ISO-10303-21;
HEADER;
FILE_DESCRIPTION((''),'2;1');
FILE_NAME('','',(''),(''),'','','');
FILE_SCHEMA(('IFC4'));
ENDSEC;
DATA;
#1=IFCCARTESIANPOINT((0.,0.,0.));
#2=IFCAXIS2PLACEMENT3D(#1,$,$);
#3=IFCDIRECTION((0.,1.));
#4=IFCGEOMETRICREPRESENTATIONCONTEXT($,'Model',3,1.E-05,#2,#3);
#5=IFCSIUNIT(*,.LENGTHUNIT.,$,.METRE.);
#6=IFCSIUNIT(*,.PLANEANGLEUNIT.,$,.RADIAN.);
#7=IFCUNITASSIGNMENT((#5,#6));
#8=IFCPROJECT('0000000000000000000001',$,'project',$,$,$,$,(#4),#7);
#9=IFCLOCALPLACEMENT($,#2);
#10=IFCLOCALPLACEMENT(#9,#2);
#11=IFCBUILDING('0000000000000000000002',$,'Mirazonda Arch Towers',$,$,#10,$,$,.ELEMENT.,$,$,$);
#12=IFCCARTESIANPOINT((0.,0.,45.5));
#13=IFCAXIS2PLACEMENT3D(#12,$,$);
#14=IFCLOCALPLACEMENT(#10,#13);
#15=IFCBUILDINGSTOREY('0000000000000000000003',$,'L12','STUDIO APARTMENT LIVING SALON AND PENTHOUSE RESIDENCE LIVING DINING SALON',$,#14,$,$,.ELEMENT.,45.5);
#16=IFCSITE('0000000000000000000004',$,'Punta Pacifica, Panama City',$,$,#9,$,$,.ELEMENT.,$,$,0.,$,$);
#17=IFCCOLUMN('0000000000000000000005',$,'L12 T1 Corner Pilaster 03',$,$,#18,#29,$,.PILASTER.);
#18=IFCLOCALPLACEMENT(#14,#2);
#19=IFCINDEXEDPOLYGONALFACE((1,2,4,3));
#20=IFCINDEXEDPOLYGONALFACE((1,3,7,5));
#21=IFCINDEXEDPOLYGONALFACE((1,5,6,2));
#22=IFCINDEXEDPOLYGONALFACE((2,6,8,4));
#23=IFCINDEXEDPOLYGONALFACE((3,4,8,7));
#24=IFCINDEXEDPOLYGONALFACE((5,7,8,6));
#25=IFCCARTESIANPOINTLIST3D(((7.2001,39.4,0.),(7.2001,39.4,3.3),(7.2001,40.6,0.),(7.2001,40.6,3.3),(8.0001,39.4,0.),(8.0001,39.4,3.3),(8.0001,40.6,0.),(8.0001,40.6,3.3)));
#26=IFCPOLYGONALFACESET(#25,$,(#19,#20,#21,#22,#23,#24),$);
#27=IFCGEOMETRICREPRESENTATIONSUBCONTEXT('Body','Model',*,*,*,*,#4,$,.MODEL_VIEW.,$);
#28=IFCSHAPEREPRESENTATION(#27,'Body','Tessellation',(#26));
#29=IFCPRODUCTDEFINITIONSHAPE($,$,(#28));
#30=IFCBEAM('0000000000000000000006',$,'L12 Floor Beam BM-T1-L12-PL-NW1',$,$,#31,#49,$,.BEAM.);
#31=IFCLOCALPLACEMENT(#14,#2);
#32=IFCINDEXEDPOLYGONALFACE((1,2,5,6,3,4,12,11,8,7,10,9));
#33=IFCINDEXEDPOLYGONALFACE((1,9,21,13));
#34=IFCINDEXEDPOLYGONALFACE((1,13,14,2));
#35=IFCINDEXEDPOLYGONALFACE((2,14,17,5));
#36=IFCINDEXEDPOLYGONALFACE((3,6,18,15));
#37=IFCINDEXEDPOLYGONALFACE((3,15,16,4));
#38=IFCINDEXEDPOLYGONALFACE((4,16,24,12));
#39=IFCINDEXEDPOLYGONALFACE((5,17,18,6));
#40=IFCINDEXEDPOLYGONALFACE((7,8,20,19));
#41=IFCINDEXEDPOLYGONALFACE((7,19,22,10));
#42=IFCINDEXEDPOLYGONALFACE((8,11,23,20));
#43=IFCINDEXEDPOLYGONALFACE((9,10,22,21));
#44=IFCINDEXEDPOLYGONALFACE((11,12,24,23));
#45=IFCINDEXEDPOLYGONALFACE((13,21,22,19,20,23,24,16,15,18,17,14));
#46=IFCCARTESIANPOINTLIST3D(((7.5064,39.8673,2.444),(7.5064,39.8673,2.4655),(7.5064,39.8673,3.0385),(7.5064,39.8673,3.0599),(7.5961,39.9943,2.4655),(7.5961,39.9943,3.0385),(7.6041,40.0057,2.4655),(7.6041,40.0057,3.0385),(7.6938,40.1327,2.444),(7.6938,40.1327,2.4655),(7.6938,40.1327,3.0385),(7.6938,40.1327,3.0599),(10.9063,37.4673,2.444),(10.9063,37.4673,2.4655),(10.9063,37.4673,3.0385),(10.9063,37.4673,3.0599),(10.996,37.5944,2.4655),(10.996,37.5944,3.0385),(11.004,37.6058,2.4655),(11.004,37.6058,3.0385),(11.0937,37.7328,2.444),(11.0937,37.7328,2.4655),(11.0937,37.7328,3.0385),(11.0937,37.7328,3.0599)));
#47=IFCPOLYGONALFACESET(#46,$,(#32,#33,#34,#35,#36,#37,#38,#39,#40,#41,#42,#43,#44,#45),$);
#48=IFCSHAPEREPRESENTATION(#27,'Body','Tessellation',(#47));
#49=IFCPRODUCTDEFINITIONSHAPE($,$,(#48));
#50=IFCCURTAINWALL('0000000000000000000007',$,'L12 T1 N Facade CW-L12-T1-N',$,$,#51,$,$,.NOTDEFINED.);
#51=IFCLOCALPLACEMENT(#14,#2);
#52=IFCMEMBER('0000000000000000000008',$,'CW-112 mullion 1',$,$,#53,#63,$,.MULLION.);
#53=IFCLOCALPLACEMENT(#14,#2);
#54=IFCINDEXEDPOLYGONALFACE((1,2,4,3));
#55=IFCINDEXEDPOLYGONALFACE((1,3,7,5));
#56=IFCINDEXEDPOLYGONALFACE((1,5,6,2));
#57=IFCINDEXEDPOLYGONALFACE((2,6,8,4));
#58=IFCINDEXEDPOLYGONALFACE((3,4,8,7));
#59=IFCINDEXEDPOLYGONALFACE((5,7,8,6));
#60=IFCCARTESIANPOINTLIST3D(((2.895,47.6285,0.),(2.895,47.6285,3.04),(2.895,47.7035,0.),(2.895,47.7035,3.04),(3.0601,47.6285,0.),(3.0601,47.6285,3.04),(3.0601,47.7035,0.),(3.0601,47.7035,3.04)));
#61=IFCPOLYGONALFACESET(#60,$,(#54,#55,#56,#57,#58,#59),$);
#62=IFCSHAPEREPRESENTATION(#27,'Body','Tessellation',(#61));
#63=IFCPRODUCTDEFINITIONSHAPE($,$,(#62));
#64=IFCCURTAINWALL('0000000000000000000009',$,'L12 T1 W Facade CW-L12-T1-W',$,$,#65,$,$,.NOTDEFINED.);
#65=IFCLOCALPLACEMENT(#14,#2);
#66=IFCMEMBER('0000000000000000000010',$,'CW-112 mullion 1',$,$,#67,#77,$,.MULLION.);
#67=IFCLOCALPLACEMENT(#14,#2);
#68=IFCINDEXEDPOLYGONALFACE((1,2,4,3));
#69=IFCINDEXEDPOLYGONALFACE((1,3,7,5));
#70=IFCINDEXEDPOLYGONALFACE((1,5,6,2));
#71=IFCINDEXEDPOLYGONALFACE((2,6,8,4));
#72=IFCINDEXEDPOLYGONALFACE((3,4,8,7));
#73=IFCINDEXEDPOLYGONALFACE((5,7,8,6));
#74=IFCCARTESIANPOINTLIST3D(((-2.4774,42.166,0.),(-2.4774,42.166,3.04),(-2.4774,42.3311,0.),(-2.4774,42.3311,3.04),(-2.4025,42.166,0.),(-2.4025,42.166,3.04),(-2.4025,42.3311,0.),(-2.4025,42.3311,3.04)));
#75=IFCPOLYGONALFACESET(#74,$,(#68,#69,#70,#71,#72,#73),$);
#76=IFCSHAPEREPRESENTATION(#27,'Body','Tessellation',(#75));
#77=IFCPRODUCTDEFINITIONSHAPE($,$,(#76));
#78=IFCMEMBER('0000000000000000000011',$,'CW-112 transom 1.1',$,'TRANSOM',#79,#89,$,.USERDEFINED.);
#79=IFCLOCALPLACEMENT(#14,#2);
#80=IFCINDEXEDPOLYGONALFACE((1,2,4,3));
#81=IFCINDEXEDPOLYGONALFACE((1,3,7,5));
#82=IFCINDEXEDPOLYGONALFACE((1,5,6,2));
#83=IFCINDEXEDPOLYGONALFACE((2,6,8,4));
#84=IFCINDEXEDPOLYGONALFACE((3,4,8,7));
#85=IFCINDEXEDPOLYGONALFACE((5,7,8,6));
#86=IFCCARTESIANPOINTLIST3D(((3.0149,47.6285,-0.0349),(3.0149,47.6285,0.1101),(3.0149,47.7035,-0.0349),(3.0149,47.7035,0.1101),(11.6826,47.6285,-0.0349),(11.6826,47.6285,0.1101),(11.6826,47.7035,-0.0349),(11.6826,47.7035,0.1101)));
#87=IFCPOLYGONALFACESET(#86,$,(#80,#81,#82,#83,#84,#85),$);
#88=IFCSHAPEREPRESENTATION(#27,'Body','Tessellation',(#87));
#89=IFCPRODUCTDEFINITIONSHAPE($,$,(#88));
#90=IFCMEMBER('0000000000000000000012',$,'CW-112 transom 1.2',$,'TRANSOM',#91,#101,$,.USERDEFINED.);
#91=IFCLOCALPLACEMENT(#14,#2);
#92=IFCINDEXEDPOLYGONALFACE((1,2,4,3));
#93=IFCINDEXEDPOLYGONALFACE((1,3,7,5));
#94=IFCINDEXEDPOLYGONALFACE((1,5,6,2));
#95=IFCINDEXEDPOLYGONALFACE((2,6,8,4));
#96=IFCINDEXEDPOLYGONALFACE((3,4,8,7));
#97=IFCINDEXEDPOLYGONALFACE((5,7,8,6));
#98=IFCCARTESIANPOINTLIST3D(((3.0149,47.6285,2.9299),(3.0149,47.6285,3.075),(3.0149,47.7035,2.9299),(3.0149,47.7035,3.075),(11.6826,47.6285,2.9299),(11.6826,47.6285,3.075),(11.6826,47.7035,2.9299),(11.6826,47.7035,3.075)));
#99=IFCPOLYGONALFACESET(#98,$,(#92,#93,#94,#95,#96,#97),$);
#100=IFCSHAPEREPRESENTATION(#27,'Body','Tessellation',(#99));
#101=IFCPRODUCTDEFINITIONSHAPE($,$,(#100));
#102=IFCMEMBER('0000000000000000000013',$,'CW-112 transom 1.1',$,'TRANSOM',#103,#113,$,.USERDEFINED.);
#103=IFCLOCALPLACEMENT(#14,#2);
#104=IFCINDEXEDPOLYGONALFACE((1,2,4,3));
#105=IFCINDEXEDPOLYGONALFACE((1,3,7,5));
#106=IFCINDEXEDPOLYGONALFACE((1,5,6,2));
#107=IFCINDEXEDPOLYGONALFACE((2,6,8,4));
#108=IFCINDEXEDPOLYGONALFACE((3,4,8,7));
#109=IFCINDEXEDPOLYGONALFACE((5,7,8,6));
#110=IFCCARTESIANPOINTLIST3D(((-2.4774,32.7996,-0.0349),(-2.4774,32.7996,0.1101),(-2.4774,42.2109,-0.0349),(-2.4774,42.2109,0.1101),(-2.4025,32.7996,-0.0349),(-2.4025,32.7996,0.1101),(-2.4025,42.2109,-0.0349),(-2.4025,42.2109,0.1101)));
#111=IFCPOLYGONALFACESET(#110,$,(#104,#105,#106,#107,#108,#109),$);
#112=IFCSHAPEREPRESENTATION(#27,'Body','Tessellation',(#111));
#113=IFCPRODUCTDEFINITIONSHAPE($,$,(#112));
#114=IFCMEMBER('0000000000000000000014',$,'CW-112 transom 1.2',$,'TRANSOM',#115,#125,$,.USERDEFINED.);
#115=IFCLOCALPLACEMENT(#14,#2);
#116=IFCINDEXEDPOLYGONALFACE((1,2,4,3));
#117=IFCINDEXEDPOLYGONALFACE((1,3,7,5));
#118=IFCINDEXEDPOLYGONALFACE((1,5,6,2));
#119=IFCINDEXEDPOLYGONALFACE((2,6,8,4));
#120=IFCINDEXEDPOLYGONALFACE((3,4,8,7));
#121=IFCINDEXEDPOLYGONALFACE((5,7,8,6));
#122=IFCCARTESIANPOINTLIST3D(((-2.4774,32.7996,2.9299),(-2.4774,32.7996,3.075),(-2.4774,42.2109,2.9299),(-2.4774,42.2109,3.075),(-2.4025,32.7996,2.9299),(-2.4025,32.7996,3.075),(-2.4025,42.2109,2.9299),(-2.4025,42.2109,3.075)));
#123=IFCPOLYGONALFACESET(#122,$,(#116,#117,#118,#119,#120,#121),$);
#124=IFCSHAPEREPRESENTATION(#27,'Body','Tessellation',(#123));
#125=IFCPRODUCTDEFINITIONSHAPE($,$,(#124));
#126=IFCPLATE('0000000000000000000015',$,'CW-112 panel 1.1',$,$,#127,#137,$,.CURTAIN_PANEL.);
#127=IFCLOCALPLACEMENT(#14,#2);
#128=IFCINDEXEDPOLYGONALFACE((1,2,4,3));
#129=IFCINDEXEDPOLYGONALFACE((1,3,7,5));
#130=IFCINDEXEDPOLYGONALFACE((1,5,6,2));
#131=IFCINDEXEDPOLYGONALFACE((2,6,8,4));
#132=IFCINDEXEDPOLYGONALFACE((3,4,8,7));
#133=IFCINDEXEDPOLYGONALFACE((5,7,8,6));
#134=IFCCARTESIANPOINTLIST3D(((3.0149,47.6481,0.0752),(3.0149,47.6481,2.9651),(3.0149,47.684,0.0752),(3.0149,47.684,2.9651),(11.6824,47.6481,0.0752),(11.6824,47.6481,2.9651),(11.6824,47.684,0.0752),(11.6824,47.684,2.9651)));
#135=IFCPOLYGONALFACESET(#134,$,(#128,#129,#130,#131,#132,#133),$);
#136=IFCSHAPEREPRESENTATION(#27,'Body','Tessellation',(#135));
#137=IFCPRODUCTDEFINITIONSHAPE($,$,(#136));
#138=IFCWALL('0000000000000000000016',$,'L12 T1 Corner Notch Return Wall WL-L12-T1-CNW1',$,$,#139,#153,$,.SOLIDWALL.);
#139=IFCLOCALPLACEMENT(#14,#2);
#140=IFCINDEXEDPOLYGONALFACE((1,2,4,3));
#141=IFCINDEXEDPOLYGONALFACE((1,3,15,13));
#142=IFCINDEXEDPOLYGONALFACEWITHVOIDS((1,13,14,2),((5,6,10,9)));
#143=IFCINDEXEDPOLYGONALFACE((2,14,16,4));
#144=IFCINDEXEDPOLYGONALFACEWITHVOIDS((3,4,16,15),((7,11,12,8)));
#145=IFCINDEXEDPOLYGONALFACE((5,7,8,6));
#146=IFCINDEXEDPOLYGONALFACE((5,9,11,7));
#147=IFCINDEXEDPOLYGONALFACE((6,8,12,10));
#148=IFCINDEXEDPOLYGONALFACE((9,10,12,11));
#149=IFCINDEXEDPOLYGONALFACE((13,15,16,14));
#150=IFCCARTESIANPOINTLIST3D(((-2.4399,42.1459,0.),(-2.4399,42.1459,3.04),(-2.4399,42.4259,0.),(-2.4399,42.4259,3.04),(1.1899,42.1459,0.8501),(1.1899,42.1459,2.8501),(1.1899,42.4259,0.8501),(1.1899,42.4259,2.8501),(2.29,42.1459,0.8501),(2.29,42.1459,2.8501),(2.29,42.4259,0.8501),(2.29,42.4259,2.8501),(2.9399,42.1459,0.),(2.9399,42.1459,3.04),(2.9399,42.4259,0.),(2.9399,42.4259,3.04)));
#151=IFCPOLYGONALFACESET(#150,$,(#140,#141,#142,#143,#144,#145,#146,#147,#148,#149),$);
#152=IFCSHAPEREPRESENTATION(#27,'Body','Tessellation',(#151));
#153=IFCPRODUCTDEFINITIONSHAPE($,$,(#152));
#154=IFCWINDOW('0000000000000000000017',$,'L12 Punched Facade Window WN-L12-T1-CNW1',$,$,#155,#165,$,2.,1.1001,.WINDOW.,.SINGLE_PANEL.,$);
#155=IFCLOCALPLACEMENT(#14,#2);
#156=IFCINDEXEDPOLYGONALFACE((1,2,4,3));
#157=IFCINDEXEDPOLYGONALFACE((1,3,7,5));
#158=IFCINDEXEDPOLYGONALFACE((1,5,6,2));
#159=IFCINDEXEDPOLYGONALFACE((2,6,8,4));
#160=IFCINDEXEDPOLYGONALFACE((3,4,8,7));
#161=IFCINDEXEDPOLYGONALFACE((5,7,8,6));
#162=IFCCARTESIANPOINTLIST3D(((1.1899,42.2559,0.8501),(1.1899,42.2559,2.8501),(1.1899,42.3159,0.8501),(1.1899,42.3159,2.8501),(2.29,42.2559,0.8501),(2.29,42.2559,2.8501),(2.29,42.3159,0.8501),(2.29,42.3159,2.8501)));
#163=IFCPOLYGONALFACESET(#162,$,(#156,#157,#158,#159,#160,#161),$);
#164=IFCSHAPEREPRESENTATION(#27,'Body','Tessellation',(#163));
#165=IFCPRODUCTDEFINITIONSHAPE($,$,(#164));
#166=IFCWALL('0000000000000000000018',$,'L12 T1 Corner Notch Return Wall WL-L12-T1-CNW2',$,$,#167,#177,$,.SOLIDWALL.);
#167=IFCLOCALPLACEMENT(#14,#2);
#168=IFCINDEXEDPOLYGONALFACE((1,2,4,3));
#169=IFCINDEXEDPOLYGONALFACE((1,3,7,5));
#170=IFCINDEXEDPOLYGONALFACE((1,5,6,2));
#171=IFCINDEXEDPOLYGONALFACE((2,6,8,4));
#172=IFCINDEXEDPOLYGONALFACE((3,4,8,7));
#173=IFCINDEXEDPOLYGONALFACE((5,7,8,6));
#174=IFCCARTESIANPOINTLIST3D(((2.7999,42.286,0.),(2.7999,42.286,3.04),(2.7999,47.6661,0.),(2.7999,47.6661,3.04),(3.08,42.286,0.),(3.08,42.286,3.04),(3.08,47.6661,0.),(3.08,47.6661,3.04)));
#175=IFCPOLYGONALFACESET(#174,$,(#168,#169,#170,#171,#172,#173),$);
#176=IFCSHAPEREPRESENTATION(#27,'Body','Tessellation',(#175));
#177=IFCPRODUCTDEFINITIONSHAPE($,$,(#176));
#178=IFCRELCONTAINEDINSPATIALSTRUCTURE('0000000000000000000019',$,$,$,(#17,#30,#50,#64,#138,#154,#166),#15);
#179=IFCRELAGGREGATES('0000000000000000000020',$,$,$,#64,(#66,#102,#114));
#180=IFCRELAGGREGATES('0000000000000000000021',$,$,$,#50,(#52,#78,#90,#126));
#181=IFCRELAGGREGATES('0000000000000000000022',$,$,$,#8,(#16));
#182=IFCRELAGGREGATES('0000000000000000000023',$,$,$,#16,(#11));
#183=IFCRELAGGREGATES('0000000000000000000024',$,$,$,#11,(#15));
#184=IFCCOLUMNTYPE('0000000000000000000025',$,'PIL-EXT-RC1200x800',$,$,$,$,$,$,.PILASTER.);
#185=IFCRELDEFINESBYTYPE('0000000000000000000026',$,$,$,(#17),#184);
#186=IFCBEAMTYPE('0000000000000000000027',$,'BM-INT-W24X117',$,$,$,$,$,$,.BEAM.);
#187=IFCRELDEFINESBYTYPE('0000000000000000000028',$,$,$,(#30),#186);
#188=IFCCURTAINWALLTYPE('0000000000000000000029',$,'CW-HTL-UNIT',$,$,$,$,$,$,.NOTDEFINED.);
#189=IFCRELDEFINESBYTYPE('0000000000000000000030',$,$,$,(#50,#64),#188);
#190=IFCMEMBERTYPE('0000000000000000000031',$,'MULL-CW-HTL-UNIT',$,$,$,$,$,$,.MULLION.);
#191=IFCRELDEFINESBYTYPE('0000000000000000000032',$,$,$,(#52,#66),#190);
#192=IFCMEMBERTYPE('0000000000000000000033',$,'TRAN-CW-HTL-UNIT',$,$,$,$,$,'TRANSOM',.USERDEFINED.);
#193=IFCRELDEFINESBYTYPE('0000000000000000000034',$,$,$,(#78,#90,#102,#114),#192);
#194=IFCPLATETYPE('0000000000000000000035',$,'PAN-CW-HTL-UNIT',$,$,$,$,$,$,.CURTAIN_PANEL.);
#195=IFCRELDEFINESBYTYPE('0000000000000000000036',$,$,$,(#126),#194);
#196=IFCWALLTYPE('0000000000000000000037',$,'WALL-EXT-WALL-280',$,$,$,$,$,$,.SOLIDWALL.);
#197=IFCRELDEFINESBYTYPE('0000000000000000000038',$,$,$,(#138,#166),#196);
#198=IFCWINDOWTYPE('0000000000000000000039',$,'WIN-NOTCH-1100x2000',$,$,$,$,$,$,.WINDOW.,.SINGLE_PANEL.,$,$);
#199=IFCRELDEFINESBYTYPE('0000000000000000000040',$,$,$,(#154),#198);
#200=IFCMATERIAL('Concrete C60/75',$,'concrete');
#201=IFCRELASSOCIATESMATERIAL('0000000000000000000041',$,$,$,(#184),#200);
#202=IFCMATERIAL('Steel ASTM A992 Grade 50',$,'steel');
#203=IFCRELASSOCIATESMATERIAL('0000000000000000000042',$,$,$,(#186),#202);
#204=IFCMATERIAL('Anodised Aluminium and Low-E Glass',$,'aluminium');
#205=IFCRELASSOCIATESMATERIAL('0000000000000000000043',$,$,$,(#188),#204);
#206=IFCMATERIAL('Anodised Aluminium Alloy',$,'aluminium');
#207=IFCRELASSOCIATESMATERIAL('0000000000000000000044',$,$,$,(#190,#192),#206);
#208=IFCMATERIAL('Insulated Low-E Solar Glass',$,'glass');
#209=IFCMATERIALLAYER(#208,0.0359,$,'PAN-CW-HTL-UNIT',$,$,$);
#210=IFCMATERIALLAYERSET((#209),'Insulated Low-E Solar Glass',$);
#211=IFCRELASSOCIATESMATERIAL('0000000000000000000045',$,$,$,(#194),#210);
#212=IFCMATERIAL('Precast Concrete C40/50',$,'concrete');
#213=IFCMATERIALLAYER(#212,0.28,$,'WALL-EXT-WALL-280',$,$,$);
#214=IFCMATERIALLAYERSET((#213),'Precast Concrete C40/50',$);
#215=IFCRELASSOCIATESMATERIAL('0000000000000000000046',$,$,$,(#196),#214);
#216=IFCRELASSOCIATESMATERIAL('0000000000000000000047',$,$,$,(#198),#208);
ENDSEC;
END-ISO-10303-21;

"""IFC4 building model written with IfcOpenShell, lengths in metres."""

from ifc_helpers import new_model, si_unit, direction, frame, frame_2d, origin, origin_2d, place, context, subcontext, project, spatial, rectangle, i_section, extrude, material, layer, layer_set, material_profile, profile_set, type_object, element, fill, aggregate, save


model = new_model("IFC4")

# Units and contexts
model_context = context("Model", 3, precision=1e-05, world=origin(), true_north=direction((0.0, 1.0)))
body_context = subcontext(model_context, "Body", "Model", "MODEL_VIEW")
ifc_project = project(units=[si_unit("LENGTHUNIT", "METRE"), si_unit("PLANEANGLEUNIT", "RADIAN")], contexts=[model_context])

# Site, building, storey
site_placement = place(None, origin())
site = spatial("IfcSite", under=ifc_project, at=site_placement, Name="Punta Pacifica, Panama City", CompositionType="ELEMENT", RefElevation=0.0)
building_placement = place(site_placement, origin())
building = spatial("IfcBuilding", under=site, at=building_placement, Name="Mirazonda Arch Towers", CompositionType="ELEMENT")
storey_placement = place(building_placement, frame((0.0, 0.0, 45.5)))
storey = spatial("IfcBuildingStorey", under=building, at=storey_placement, Name="L12", Description="STUDIO APARTMENT LIVING SALON AND PENTHOUSE RESIDENCE LIVING DINING SALON", CompositionType="ELEMENT", Elevation=45.5)

# Column
ifc_material_1 = material(Name="Concrete C60/75", Category="concrete")
ifc_material_profile_1 = material_profile(ifc_material_1, rectangle(XDim=0.8, YDim=1.2, at=origin_2d()), Name="RC1200x800")
ifc_profile_set_1 = profile_set([ifc_material_profile_1], Name="Concrete C60/75")
column_type = type_object("IfcColumnType", Name="PIL-EXT-RC1200x800", PredefinedType="PILASTER", material=ifc_profile_set_1)
column_placement = place(storey_placement, frame((7.6001, 40.0, 0.0), z_axis=(0.0, 0.0, 1.0), x_axis=(1.0, 0.0, 0.0)))
element("IfcColumn", 1, at=column_placement, inside=storey, type_object=column_type, Name="L12 T1 Corner Pilaster 03", PredefinedType="PILASTER", context=body_context, shape_type="SweptSolid", body=[
    extrude(rectangle(XDim=0.8, YDim=1.2, at=origin_2d()), origin(), (0.0, 0.0, 1.0), 3.3),
])

# Beam
ifc_material_2 = material(Name="Steel ASTM A992 Grade 50", Category="steel")
ifc_material_profile_2 = material_profile(ifc_material_2, i_section(OverallWidth=0.325, OverallDepth=0.616, WebThickness=0.0139, FlangeThickness=0.0215, at=origin_2d()), Name="W24X117")
ifc_profile_set_2 = profile_set([ifc_material_profile_2], Name="Steel ASTM A992 Grade 50")
beam_type = type_object("IfcBeamType", Name="BM-INT-W24X117", PredefinedType="BEAM", material=ifc_profile_set_2)
beam_placement = place(storey_placement, frame((7.6001, 40.0, 2.752), z_axis=(0.816971, -0.576679, 0.0), x_axis=(0.576679, 0.816971, 0.0)))
element("IfcBeam", 2, at=beam_placement, inside=storey, type_object=beam_type, Name="L12 Floor Beam BM-T1-L12-PL-NW1", PredefinedType="BEAM", context=body_context, shape_type="SweptSolid", body=[
    extrude(i_section(OverallWidth=0.325, OverallDepth=0.616, WebThickness=0.0139, FlangeThickness=0.0215, at=origin_2d()), origin(), (0.0, 0.0, 1.0), 4.1616),
])

# Curtain walls, members
ifc_material_3 = material(Name="Anodised Aluminium and Low-E Glass", Category="aluminium")
curtain_wall_type = type_object("IfcCurtainWallType", Name="CW-HTL-UNIT", PredefinedType="NOTDEFINED", material=ifc_material_3)
curtain_wall_1_placement = place(storey_placement, origin())
curtain_wall_1 = element("IfcCurtainWall", 3, at=curtain_wall_1_placement, inside=storey, type_object=curtain_wall_type, Name="L12 T1 N Facade CW-L12-T1-N", PredefinedType="NOTDEFINED")
ifc_material_4 = material(Name="Anodised Aluminium Alloy", Category="aluminium")
ifc_material_profile_3 = material_profile(ifc_material_4, rectangle(XDim=0.075, YDim=0.165, at=origin_2d()), Name="ALU-MULL-75x165")
ifc_profile_set_3 = profile_set([ifc_material_profile_3], Name="Anodised Aluminium Alloy")
member_type_1 = type_object("IfcMemberType", Name="MULL-CW-HTL-UNIT", PredefinedType="MULLION", material=ifc_profile_set_3)
member_1_placement = place(storey_placement, frame((2.9775, 47.666, 0.0), z_axis=(0.0, 0.0, 1.0), x_axis=(0.0, 1.0, 0.0)))
member_1 = element("IfcMember", 4, at=member_1_placement, type_object=member_type_1, Name="CW-112 mullion 1", PredefinedType="MULLION", context=body_context, shape_type="SweptSolid", body=[
    extrude(rectangle(XDim=0.075, YDim=0.165, at=origin_2d()), origin(), (0.0, 0.0, 1.0), 3.04),
])
curtain_wall_2_placement = place(storey_placement, origin())
curtain_wall_2 = element("IfcCurtainWall", 5, at=curtain_wall_2_placement, inside=storey, type_object=curtain_wall_type, Name="L12 T1 W Facade CW-L12-T1-W", PredefinedType="NOTDEFINED")
member_2_placement = place(storey_placement, frame((-2.4399, 42.2485, 0.0), z_axis=(0.0, 0.0, 1.0), x_axis=(1.0, 0.0, 0.0)))
member_2 = element("IfcMember", 6, at=member_2_placement, type_object=member_type_1, Name="CW-112 mullion 1", PredefinedType="MULLION", context=body_context, shape_type="SweptSolid", body=[
    extrude(rectangle(XDim=0.075, YDim=0.165, at=origin_2d()), origin(), (0.0, 0.0, 1.0), 3.04),
])

# Members
ifc_material_profile_4 = material_profile(ifc_material_4, rectangle(XDim=0.075, YDim=0.145, at=origin_2d()), Name="ALU-TRAN-75x145")
ifc_profile_set_4 = profile_set([ifc_material_profile_4], Name="Anodised Aluminium Alloy")
member_type_2 = type_object("IfcMemberType", Name="TRAN-CW-HTL-UNIT", ElementType="TRANSOM", PredefinedType="USERDEFINED", material=ifc_profile_set_4)
member_3_placement = place(storey_placement, frame((3.0149, 47.666, 0.0376), z_axis=(1.0, 0.0, 0.0), x_axis=(0.0, 1.0, 0.0)))
member_3 = element("IfcMember", 7, at=member_3_placement, type_object=member_type_2, Name="CW-112 transom 1.1", ObjectType="TRANSOM", PredefinedType="USERDEFINED", context=body_context, shape_type="SweptSolid", body=[
    extrude(rectangle(XDim=0.075, YDim=0.145, at=origin_2d()), origin(), (0.0, 0.0, 1.0), 8.6677),
])
member_4_placement = place(storey_placement, frame((3.0149, 47.666, 3.0024), z_axis=(1.0, 0.0, 0.0), x_axis=(0.0, 1.0, 0.0)))
member_4 = element("IfcMember", 8, at=member_4_placement, type_object=member_type_2, Name="CW-112 transom 1.2", ObjectType="TRANSOM", PredefinedType="USERDEFINED", context=body_context, shape_type="SweptSolid", body=[
    extrude(rectangle(XDim=0.075, YDim=0.145, at=origin_2d()), origin(), (0.0, 0.0, 1.0), 8.6677),
])
member_5_placement = place(storey_placement, frame((-2.4399, 42.2109, 0.0376), z_axis=(0.0, -1.0, 0.0), x_axis=(1.0, 0.0, 0.0)))
member_5 = element("IfcMember", 9, at=member_5_placement, type_object=member_type_2, Name="CW-112 transom 1.1", ObjectType="TRANSOM", PredefinedType="USERDEFINED", context=body_context, shape_type="SweptSolid", body=[
    extrude(rectangle(XDim=0.075, YDim=0.145, at=origin_2d()), origin(), (0.0, 0.0, 1.0), 9.4114),
])
member_6_placement = place(storey_placement, frame((-2.4399, 42.2109, 3.0024), z_axis=(0.0, -1.0, 0.0), x_axis=(1.0, 0.0, 0.0)))
member_6 = element("IfcMember", 10, at=member_6_placement, type_object=member_type_2, Name="CW-112 transom 1.2", ObjectType="TRANSOM", PredefinedType="USERDEFINED", context=body_context, shape_type="SweptSolid", body=[
    extrude(rectangle(XDim=0.075, YDim=0.145, at=origin_2d()), origin(), (0.0, 0.0, 1.0), 9.4114),
])
aggregate(curtain_wall_2, [member_2, member_5, member_6])

# Plate
ifc_material_5 = material(Name="Insulated Low-E Solar Glass", Category="glass")
ifc_layer_1 = layer(ifc_material_5, 0.0359, Name="PAN-CW-HTL-UNIT")
ifc_layer_set_1 = layer_set([ifc_layer_1], Name="Insulated Low-E Solar Glass")
plate_type = type_object("IfcPlateType", Name="PAN-CW-HTL-UNIT", PredefinedType="CURTAIN_PANEL", material=ifc_layer_set_1)
plate_placement = place(storey_placement, frame((7.3486, 47.666, 0.0752), z_axis=(0.0, 0.0, 1.0), x_axis=(1.0, 0.0, 0.0)))
plate = element("IfcPlate", 11, at=plate_placement, type_object=plate_type, Name="CW-112 panel 1.1", PredefinedType="CURTAIN_PANEL", context=body_context, shape_type="SweptSolid", body=[
    extrude(rectangle(XDim=8.6675, YDim=0.0359, at=origin_2d()), origin(), (0.0, 0.0, 1.0), 2.8899),
])
aggregate(curtain_wall_1, [member_1, member_3, member_4, plate])

# Wall, opening, window
ifc_material_6 = material(Name="Precast Concrete C40/50", Category="concrete")
ifc_layer_2 = layer(ifc_material_6, 0.28, Name="WALL-EXT-WALL-280")
ifc_layer_set_2 = layer_set([ifc_layer_2], Name="Precast Concrete C40/50")
wall_type_1 = type_object("IfcWallType", Name="WALL-EXT-WALL-280", PredefinedType="SOLIDWALL", material=ifc_layer_set_2)
wall_1_placement = place(storey_placement, frame((2.9399, 42.2859, 0.0), z_axis=(0.0, 0.0, 1.0), x_axis=(-1.0, 0.0, 0.0)))
wall_1 = element("IfcWall", 12, at=wall_1_placement, inside=storey, type_object=wall_type_1, Name="L12 T1 Corner Notch Return Wall WL-L12-T1-CNW1", PredefinedType="SOLIDWALL", context=body_context, shape_type="SweptSolid", body=[
    extrude(rectangle(XDim=5.3799, YDim=0.28, at=frame_2d((2.6899, 0.0))), origin(), (0.0, 0.0, 1.0), 3.04),
])
opening_1_placement = place(wall_1_placement, frame((0.6499, 0.0, 0.8501)))
opening_1 = element("IfcOpeningElement", 13, at=opening_1_placement, cuts=wall_1, PredefinedType="OPENING", context=body_context, shape_type="SweptSolid", body=[
    extrude(rectangle(XDim=1.1001, YDim=2.0, at=frame_2d((0.55, 1.0))), frame((0.0, 0.1499, 0.0), z_axis=(0.0, -1.0, 0.0), x_axis=(1.0, 0.0, 0.0)), (0.0, 0.0, 1.0), 0.3),
])
window_type = type_object("IfcWindowType", Name="WIN-NOTCH-1100x2000", PartitioningType="SINGLE_PANEL", PredefinedType="WINDOW", material=ifc_material_5)
window_placement = place(opening_1_placement, origin())
window = element("IfcWindow", 14, at=window_placement, inside=storey, type_object=window_type, Name="L12 Punched Facade Window WN-L12-T1-CNW1", OverallHeight=2.0, OverallWidth=1.1001, PartitioningType="SINGLE_PANEL", PredefinedType="WINDOW", context=body_context, shape_type="SweptSolid", body=[
    extrude(rectangle(XDim=1.1001, YDim=2.0, at=frame_2d((0.55, 1.0))), frame((0.0, 0.03, 0.0), z_axis=(0.0, -1.0, 0.0), x_axis=(1.0, 0.0, 0.0)), (0.0, 0.0, 1.0), 0.0601),
])
fill(opening_1, window)

# Wall
wall_2_placement = place(storey_placement, frame((2.9399, 47.666, 0.0), z_axis=(0.0, 0.0, 1.0), x_axis=(0.0, -1.0, 0.0)))
element("IfcWall", 15, at=wall_2_placement, inside=storey, type_object=wall_type_1, Name="L12 T1 Corner Notch Return Wall WL-L12-T1-CNW2", PredefinedType="SOLIDWALL", context=body_context, shape_type="SweptSolid", body=[
    extrude(rectangle(XDim=5.3801, YDim=0.28, at=frame_2d((2.6899, 0.0))), origin(), (0.0, 0.0, 1.0), 3.04),
])

save(model, "model.ifc")
